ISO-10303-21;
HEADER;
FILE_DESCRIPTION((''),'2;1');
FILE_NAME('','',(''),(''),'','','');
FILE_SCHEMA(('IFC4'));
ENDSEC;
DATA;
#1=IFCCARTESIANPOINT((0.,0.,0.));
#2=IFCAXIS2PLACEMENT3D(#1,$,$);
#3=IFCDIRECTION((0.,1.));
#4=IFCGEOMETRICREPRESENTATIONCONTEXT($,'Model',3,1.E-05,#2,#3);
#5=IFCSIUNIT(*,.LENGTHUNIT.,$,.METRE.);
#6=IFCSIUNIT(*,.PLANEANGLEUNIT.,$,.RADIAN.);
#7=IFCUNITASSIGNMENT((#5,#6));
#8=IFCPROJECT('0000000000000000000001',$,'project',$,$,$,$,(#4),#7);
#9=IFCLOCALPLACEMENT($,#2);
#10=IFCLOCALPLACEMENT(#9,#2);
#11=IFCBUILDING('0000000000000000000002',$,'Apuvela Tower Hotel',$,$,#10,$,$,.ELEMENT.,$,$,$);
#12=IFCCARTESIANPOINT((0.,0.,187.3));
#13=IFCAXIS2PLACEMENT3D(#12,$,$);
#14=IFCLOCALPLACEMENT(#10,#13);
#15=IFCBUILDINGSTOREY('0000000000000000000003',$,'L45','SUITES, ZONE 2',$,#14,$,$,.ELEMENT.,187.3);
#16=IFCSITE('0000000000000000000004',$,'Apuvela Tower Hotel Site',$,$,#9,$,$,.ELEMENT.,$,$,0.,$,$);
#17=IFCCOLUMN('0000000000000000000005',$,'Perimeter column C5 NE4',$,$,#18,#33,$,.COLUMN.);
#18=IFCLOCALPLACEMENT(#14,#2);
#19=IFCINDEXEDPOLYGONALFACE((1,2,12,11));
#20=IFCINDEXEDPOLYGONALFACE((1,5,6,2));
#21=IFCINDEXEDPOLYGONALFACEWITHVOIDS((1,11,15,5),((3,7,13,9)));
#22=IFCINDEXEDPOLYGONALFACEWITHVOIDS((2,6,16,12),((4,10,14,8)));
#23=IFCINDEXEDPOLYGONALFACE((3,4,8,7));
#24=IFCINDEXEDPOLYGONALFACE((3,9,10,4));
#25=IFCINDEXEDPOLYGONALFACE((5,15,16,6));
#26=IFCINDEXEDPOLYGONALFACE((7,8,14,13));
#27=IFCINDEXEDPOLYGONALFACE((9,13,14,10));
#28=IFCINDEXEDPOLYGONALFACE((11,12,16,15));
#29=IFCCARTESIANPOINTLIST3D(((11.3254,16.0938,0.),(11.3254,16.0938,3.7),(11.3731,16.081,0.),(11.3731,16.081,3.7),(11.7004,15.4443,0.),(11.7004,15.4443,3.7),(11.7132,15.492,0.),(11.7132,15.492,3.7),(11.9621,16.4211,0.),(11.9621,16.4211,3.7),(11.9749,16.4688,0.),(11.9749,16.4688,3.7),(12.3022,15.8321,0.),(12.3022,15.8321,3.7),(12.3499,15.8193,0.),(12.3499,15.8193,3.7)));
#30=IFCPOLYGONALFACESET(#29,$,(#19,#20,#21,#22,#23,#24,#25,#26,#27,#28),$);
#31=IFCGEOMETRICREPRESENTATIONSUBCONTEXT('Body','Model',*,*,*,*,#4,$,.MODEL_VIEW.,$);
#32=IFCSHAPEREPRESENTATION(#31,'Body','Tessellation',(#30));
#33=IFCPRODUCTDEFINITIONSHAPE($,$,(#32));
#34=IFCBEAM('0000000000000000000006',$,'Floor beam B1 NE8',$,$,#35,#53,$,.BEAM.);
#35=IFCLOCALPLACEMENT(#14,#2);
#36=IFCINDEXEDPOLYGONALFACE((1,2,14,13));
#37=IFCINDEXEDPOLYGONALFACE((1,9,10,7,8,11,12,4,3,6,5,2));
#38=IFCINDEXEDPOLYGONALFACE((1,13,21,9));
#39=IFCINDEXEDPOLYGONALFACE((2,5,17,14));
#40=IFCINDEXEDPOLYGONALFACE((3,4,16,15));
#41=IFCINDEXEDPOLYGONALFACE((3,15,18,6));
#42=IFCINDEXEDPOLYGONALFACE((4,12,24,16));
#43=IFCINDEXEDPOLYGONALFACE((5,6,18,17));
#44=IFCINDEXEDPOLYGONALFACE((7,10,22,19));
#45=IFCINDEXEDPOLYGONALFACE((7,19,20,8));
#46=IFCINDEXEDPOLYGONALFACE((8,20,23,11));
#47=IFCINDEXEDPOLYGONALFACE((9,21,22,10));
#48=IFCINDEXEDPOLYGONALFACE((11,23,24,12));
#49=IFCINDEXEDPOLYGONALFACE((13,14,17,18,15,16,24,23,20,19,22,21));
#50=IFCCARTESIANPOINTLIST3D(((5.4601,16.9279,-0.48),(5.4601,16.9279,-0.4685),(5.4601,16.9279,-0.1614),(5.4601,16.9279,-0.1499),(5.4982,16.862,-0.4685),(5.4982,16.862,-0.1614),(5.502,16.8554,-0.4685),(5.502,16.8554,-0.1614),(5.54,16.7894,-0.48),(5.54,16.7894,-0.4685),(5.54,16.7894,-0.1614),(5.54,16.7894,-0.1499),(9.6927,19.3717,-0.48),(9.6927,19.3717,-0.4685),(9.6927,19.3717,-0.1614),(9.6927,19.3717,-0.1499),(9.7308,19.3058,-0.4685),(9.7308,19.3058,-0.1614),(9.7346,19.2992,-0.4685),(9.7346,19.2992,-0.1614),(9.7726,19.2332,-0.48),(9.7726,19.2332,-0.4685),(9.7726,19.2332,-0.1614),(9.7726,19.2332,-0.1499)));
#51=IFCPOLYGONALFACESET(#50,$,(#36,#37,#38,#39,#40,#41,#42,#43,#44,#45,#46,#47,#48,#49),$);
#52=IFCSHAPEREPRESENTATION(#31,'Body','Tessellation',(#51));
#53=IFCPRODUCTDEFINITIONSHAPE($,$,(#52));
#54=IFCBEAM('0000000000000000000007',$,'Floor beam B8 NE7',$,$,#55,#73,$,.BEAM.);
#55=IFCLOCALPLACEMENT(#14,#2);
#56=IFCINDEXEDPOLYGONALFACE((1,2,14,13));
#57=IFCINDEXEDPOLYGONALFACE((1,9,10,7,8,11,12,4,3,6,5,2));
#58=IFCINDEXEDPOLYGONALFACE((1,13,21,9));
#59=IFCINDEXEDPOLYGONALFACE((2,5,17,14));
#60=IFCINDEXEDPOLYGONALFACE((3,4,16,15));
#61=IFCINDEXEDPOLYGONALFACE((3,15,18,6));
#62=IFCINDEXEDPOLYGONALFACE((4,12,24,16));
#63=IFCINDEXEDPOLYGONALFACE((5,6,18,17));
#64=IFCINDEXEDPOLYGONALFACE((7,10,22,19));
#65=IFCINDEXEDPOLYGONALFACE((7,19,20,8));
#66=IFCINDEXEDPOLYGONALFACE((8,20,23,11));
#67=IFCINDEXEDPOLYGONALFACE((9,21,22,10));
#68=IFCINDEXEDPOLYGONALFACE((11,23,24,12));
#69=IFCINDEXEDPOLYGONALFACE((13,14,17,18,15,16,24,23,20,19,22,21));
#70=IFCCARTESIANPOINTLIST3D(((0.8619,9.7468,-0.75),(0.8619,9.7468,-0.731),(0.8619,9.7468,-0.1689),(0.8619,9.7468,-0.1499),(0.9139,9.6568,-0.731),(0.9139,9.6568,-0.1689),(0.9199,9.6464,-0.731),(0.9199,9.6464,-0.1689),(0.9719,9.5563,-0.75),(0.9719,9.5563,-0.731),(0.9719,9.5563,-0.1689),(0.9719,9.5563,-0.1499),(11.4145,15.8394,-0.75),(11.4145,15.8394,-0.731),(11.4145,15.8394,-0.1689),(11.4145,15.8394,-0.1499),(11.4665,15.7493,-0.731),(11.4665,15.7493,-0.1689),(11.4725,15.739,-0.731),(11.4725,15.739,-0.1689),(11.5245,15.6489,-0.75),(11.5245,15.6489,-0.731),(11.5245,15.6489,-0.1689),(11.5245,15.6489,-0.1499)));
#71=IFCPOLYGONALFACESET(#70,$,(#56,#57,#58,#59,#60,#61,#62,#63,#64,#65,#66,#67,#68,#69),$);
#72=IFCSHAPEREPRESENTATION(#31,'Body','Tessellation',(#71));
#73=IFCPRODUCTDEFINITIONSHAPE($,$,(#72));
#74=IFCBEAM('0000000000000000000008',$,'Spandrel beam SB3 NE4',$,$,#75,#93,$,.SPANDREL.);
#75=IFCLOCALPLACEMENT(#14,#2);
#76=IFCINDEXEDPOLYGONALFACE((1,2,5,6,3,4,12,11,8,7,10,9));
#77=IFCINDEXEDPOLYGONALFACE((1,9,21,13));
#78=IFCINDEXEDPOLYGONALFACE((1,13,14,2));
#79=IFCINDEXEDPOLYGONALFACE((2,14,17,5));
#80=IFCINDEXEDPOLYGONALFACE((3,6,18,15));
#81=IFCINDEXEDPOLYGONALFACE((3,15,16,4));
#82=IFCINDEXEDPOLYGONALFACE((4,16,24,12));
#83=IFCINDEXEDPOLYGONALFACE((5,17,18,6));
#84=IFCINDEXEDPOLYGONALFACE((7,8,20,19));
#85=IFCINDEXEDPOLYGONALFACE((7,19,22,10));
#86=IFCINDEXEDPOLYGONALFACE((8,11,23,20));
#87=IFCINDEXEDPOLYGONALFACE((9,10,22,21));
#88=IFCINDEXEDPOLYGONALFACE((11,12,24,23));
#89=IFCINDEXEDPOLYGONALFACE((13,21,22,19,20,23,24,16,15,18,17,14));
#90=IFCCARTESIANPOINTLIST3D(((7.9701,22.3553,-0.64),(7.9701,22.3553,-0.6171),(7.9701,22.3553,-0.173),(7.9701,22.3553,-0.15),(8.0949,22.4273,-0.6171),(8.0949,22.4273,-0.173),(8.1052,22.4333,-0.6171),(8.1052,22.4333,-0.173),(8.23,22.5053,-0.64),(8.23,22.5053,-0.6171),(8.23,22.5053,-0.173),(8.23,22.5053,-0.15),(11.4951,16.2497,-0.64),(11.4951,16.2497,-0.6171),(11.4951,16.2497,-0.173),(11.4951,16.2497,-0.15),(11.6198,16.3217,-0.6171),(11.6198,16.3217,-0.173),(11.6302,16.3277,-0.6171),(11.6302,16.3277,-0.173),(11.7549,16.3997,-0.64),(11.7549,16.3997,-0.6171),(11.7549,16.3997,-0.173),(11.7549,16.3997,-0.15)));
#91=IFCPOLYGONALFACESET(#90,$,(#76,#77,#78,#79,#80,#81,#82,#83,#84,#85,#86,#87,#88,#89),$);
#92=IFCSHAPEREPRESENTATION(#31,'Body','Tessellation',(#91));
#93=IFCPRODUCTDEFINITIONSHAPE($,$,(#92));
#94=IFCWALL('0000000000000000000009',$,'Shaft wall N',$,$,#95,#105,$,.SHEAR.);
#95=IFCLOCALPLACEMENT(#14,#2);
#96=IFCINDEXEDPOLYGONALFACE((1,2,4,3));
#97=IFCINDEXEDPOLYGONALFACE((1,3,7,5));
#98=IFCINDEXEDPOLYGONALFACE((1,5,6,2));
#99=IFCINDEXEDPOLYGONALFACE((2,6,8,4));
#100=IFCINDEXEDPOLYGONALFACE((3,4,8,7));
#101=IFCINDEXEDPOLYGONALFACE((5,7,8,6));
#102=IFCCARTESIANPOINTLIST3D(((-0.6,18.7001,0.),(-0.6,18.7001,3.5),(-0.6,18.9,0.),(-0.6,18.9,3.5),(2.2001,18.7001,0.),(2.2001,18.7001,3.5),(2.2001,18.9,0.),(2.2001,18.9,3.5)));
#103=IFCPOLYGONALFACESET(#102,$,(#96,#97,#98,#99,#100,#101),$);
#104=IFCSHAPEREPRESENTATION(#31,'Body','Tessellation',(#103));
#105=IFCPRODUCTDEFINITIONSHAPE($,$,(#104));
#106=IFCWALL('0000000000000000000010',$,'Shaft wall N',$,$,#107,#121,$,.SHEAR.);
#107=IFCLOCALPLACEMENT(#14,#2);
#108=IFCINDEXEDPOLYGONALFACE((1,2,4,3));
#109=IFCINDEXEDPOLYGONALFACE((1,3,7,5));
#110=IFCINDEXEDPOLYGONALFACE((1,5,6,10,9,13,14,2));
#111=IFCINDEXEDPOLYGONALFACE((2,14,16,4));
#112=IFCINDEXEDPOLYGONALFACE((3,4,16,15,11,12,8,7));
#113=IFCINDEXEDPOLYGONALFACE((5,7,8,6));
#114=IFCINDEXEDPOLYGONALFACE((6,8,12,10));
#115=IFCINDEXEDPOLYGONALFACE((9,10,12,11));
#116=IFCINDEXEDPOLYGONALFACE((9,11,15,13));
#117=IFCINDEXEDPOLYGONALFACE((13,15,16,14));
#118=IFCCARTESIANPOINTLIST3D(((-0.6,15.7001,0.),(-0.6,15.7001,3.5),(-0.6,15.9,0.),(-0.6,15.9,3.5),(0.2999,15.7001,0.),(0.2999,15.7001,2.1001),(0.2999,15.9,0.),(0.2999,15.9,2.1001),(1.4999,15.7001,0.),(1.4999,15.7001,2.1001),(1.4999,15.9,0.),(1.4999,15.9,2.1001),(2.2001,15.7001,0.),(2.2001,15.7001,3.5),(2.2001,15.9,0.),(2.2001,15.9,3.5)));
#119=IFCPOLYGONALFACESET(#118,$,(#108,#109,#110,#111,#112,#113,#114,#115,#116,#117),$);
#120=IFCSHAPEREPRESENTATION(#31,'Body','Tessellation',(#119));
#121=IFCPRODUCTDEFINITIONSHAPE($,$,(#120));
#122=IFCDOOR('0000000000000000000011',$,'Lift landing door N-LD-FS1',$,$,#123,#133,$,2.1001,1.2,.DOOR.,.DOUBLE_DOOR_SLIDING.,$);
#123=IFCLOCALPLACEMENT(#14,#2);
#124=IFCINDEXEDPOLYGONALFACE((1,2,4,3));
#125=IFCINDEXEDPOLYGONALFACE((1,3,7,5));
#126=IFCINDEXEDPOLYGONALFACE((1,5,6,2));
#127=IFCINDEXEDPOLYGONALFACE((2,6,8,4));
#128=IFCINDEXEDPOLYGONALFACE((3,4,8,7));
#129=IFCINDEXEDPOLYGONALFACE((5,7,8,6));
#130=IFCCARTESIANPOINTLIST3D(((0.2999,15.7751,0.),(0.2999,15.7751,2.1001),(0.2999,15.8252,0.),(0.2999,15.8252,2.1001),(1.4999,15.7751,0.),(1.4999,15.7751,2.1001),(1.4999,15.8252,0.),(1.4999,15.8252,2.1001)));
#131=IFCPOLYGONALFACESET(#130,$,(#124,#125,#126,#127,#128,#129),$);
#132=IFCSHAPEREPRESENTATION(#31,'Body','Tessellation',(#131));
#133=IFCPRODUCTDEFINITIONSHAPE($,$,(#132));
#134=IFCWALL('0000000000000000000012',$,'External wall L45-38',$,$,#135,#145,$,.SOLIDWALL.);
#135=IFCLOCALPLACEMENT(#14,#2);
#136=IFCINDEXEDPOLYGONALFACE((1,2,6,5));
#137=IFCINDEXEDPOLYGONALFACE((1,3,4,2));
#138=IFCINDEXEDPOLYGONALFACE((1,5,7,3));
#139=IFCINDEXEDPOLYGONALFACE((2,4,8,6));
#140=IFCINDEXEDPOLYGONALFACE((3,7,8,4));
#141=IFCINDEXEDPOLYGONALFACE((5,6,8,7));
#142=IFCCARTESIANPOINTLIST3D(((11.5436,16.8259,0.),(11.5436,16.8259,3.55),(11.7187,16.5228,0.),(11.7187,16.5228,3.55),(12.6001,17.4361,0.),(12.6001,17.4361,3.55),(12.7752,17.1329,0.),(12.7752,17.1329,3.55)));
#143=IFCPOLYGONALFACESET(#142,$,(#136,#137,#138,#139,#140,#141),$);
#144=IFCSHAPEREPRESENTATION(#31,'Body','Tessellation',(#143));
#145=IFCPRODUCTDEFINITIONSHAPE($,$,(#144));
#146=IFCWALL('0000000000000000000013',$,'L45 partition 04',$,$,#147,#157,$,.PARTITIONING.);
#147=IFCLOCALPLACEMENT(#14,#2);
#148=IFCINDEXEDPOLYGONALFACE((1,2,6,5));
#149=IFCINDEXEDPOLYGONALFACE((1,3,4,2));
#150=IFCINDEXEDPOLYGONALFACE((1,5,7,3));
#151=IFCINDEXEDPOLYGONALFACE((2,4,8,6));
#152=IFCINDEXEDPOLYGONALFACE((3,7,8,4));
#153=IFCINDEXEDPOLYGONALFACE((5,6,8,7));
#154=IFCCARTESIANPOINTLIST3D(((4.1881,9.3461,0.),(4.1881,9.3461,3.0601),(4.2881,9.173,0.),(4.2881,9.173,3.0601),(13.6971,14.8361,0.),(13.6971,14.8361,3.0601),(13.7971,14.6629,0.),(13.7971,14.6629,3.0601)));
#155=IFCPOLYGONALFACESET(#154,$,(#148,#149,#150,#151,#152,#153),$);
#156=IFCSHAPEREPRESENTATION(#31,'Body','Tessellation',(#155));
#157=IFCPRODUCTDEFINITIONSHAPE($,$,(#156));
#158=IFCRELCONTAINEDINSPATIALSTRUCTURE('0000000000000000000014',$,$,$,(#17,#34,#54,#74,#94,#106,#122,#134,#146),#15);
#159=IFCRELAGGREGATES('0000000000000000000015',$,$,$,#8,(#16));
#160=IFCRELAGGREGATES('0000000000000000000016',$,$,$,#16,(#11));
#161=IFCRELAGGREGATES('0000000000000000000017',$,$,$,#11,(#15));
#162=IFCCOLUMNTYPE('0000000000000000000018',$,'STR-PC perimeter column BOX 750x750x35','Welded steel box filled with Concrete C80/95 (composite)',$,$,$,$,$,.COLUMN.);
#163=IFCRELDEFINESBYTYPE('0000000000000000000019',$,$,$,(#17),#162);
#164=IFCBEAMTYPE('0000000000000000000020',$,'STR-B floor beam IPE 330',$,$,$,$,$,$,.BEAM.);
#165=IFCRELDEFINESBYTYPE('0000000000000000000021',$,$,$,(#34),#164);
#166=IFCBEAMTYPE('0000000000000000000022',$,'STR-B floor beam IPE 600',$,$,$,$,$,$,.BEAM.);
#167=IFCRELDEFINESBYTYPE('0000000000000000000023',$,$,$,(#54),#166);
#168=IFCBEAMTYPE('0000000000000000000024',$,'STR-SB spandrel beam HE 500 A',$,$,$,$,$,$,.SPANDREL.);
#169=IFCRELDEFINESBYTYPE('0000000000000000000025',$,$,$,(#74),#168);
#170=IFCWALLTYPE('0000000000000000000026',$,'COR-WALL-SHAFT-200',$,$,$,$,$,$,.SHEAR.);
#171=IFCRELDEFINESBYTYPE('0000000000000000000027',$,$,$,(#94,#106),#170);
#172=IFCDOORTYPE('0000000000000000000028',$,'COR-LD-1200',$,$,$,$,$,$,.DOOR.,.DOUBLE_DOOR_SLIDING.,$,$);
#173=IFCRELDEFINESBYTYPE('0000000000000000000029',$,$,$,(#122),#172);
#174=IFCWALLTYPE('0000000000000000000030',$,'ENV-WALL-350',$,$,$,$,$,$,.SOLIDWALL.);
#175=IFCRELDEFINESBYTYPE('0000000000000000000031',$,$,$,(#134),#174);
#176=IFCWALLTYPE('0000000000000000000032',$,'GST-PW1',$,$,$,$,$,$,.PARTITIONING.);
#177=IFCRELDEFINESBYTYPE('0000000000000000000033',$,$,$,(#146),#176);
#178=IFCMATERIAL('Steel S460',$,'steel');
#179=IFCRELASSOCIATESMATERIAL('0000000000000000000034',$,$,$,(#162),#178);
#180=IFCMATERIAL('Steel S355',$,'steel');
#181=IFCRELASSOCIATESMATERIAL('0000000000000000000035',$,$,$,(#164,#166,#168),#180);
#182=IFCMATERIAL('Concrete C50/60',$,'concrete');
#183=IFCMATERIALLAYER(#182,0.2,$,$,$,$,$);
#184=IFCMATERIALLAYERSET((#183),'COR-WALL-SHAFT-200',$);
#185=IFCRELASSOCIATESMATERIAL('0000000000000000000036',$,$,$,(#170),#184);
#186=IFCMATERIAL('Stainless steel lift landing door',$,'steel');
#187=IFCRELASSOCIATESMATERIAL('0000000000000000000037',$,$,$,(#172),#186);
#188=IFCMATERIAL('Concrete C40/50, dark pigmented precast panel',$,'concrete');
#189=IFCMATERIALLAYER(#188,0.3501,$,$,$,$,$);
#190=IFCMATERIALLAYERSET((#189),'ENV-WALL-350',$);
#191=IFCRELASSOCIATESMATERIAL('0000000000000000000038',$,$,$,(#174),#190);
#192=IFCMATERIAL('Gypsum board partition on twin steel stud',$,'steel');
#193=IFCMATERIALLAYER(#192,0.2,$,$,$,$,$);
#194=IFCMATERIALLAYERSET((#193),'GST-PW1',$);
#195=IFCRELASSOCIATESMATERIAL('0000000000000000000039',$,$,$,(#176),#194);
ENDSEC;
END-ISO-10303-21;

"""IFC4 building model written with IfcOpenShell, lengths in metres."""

from ifc_helpers import new_model, si_unit, direction, frame, frame_2d, origin, origin_2d, place, context, subcontext, project, spatial, rectangle, hollow_rectangle, i_section, extrude, material, layer, layer_set, material_profile, profile_set, type_object, element, fill, save


model = new_model("IFC4")

# Units and contexts
model_context = context("Model", 3, precision=1e-05, world=origin(), true_north=direction((0.0, 1.0)))
body_context = subcontext(model_context, "Body", "Model", "MODEL_VIEW")
ifc_project = project(units=[si_unit("LENGTHUNIT", "METRE"), si_unit("PLANEANGLEUNIT", "RADIAN")], contexts=[model_context])

# Site, building, storey
site_placement = place(None, origin())
site = spatial("IfcSite", under=ifc_project, at=site_placement, Name="Apuvela Tower Hotel Site", CompositionType="ELEMENT", RefElevation=0.0)
building_placement = place(site_placement, origin())
building = spatial("IfcBuilding", under=site, at=building_placement, Name="Apuvela Tower Hotel", CompositionType="ELEMENT")
storey_placement = place(building_placement, frame((0.0, 0.0, 187.3)))
storey = spatial("IfcBuildingStorey", under=building, at=storey_placement, Name="L45", Description="SUITES, ZONE 2", CompositionType="ELEMENT", Elevation=187.3)

# Column
ifc_material_1 = material(Name="Steel S460", Category="steel")
ifc_material_profile_1 = material_profile(ifc_material_1, hollow_rectangle(XDim=0.75, YDim=0.75, WallThickness=0.0349, at=origin_2d()), Name="BOX 750x750x35")
ifc_material_2 = material(Name="Concrete C80/95", Category="concrete")
ifc_material_profile_2 = material_profile(ifc_material_2, rectangle(XDim=0.6799, YDim=0.6799, at=origin_2d()), Name="Concrete C80/95 infill")
ifc_profile_set_1 = profile_set([ifc_material_profile_1, ifc_material_profile_2], Name="Steel S460")
column_type = type_object("IfcColumnType", Name="STR-PC perimeter column BOX 750x750x35", Description="Welded steel box filled with Concrete C80/95 (composite)", PredefinedType="COLUMN", material=ifc_profile_set_1)
column_placement = place(storey_placement, frame((11.8376, 15.9565, 0.0), z_axis=(0.0, 0.0, 1.0), x_axis=(-0.5, 0.866025, 0.0)))
element("IfcColumn", 1, at=column_placement, inside=storey, type_object=column_type, Name="Perimeter column C5 NE4", PredefinedType="COLUMN", context=body_context, shape_type="SweptSolid", body=[
    extrude(hollow_rectangle(XDim=0.75, YDim=0.75, WallThickness=0.0349, at=origin_2d()), origin(), (0.0, 0.0, 1.0), 3.7),
])

# Beams
ifc_material_3 = material(Name="Steel S355", Category="steel")
ifc_material_profile_3 = material_profile(ifc_material_3, i_section(OverallWidth=0.1599, OverallDepth=0.3301, WebThickness=0.0076, FlangeThickness=0.0115, at=origin_2d()), Name="IPE 330")
ifc_profile_set_2 = profile_set([ifc_material_profile_3], Name="Steel S355")
beam_type_1 = type_object("IfcBeamType", Name="STR-B floor beam IPE 330", PredefinedType="BEAM", material=ifc_profile_set_2)
beam_1_placement = place(storey_placement, frame((9.7327, 19.3025, -0.3149), z_axis=(-0.866015, -0.500018, 0.0), x_axis=(0.500018, -0.866015, 0.0)))
element("IfcBeam", 2, at=beam_1_placement, inside=storey, type_object=beam_type_1, Name="Floor beam B1 NE8", PredefinedType="BEAM", context=body_context, shape_type="SweptSolid", body=[
    extrude(i_section(OverallWidth=0.1599, OverallDepth=0.3301, WebThickness=0.0076, FlangeThickness=0.0115, at=origin_2d()), origin(), (0.0, 0.0, 1.0), 4.8875),
])
ifc_material_profile_4 = material_profile(ifc_material_3, i_section(OverallWidth=0.22, OverallDepth=0.6001, WebThickness=0.012, FlangeThickness=0.019, at=origin_2d()), Name="IPE 600")
ifc_profile_set_3 = profile_set([ifc_material_profile_4], Name="Steel S355")
beam_type_2 = type_object("IfcBeamType", Name="STR-B floor beam IPE 600", PredefinedType="BEAM", material=ifc_profile_set_3)
beam_2_placement = place(storey_placement, frame((11.4695, 15.7441, -0.45), z_axis=(-0.866024, -0.500003, 0.0), x_axis=(0.500003, -0.866024, 0.0)))
element("IfcBeam", 3, at=beam_2_placement, inside=storey, type_object=beam_type_2, Name="Floor beam B8 NE7", PredefinedType="BEAM", context=body_context, shape_type="SweptSolid", body=[
    extrude(i_section(OverallWidth=0.22, OverallDepth=0.6001, WebThickness=0.012, FlangeThickness=0.019, at=origin_2d()), origin(), (0.0, 0.0, 1.0), 12.1851),
])
ifc_material_profile_5 = material_profile(ifc_material_3, i_section(OverallWidth=0.3, OverallDepth=0.49, WebThickness=0.012, FlangeThickness=0.0229, at=origin_2d()), Name="HE 500 A")
ifc_profile_set_4 = profile_set([ifc_material_profile_5], Name="Steel S355")
beam_type_3 = type_object("IfcBeamType", Name="STR-SB spandrel beam HE 500 A", PredefinedType="SPANDREL", material=ifc_profile_set_4)
beam_3_placement = place(storey_placement, frame((11.625, 16.3247, -0.395), z_axis=(-0.49999, 0.866031, 0.0), x_axis=(-0.866031, -0.49999, 0.0)))
element("IfcBeam", 4, at=beam_3_placement, inside=storey, type_object=beam_type_3, Name="Spandrel beam SB3 NE4", PredefinedType="SPANDREL", context=body_context, shape_type="SweptSolid", body=[
    extrude(i_section(OverallWidth=0.3, OverallDepth=0.49, WebThickness=0.012, FlangeThickness=0.0229, at=origin_2d()), origin(), (0.0, 0.0, 1.0), 7.05),
])

# Wall
ifc_material_4 = material(Name="Concrete C50/60", Category="concrete")
ifc_layer_1 = layer(ifc_material_4, 0.2)
ifc_layer_set_1 = layer_set([ifc_layer_1], Name="COR-WALL-SHAFT-200")
wall_type_1 = type_object("IfcWallType", Name="COR-WALL-SHAFT-200", PredefinedType="SHEAR", material=ifc_layer_set_1)
wall_1_placement = place(storey_placement, frame((2.2, 18.8, 0.0), z_axis=(0.0, 0.0, 1.0), x_axis=(-1.0, 0.0, 0.0)))
element("IfcWall", 5, at=wall_1_placement, inside=storey, type_object=wall_type_1, Name="Shaft wall N", PredefinedType="SHEAR", context=body_context, shape_type="SweptSolid", body=[
    extrude(rectangle(XDim=2.8, YDim=0.2, at=frame_2d((1.3999, 0.0))), origin(), (0.0, 0.0, 1.0), 3.5),
])

# Wall, opening, door
wall_2_placement = place(storey_placement, frame((2.2, 15.8, 0.0), z_axis=(0.0, 0.0, 1.0), x_axis=(-1.0, 0.0, 0.0)))
wall_2 = element("IfcWall", 6, at=wall_2_placement, inside=storey, type_object=wall_type_1, Name="Shaft wall N", PredefinedType="SHEAR", context=body_context, shape_type="SweptSolid", body=[
    extrude(rectangle(XDim=2.8, YDim=0.2, at=frame_2d((1.3999, 0.0))), origin(), (0.0, 0.0, 1.0), 3.5),
])
opening_1_placement = place(wall_2_placement, frame((0.7, 0.0, 0.0)))
opening_1 = element("IfcOpeningElement", 7, at=opening_1_placement, cuts=wall_2, PredefinedType="OPENING", context=body_context, shape_type="SweptSolid", body=[
    extrude(rectangle(XDim=1.2, YDim=2.1001, at=frame_2d((0.6001, 1.05))), frame((0.0, 0.1099, 0.0), z_axis=(0.0, -1.0, 0.0), x_axis=(1.0, 0.0, 0.0)), (0.0, 0.0, 1.0), 0.22),
])
ifc_material_5 = material(Name="Stainless steel lift landing door", Category="steel")
door_type_1 = type_object("IfcDoorType", Name="COR-LD-1200", OperationType="DOUBLE_DOOR_SLIDING", PredefinedType="DOOR", material=ifc_material_5)
door_1_placement = place(opening_1_placement, origin())
door_1 = element("IfcDoor", 8, at=door_1_placement, inside=storey, type_object=door_type_1, Name="Lift landing door N-LD-FS1", OperationType="DOUBLE_DOOR_SLIDING", OverallHeight=2.1001, OverallWidth=1.2, PredefinedType="DOOR", context=body_context, shape_type="SweptSolid", body=[
    extrude(rectangle(XDim=1.2, YDim=2.1001, at=frame_2d((0.6001, 1.05))), frame((0.0, 0.0249, 0.0), z_axis=(0.0, -1.0, 0.0), x_axis=(1.0, 0.0, 0.0)), (0.0, 0.0, 1.0), 0.05),
])
fill(opening_1, door_1)

# Wall
ifc_material_6 = material(Name="Concrete C40/50, dark pigmented precast panel", Category="concrete")
ifc_layer_2 = layer(ifc_material_6, 0.3501)
ifc_layer_set_2 = layer_set([ifc_layer_2], Name="ENV-WALL-350")
wall_type_2 = type_object("IfcWallType", Name="ENV-WALL-350", PredefinedType="SOLIDWALL", material=ifc_layer_set_2)
wall_3_placement = place(storey_placement, frame((12.6875, 17.2844, 0.0), z_axis=(0.0, 0.0, 1.0), x_axis=(-0.865956, -0.500121, 0.0)))
element("IfcWall", 9, at=wall_3_placement, inside=storey, type_object=wall_type_2, Name="External wall L45-38", PredefinedType="SOLIDWALL", context=body_context, shape_type="SweptSolid", body=[
    extrude(rectangle(XDim=1.22, YDim=0.3501, at=frame_2d((0.6099, 0.0))), origin(), (0.0, 0.0, 1.0), 3.55),
])

# Wall
ifc_material_7 = material(Name="Gypsum board partition on twin steel stud", Category="steel")
ifc_layer_3 = layer(ifc_material_7, 0.2)
ifc_layer_set_3 = layer_set([ifc_layer_3], Name="GST-PW1")
wall_type_3 = type_object("IfcWallType", Name="GST-PW1", PredefinedType="PARTITIONING", material=ifc_layer_set_3)
wall_4_placement = place(storey_placement, frame((13.7471, 14.7495, 0.0), z_axis=(0.0, 0.0, 1.0), x_axis=(-0.866027, -0.499996, 0.0)))
element("IfcWall", 10, at=wall_4_placement, inside=storey, type_object=wall_type_3, Name="L45 partition 04", PredefinedType="PARTITIONING", context=body_context, shape_type="SweptSolid", body=[
    extrude(rectangle(XDim=10.98, YDim=0.2, at=frame_2d((5.49, 0.0))), origin(), (0.0, 0.0, 1.0), 3.0601),
])

save(model, "model.ifc")
